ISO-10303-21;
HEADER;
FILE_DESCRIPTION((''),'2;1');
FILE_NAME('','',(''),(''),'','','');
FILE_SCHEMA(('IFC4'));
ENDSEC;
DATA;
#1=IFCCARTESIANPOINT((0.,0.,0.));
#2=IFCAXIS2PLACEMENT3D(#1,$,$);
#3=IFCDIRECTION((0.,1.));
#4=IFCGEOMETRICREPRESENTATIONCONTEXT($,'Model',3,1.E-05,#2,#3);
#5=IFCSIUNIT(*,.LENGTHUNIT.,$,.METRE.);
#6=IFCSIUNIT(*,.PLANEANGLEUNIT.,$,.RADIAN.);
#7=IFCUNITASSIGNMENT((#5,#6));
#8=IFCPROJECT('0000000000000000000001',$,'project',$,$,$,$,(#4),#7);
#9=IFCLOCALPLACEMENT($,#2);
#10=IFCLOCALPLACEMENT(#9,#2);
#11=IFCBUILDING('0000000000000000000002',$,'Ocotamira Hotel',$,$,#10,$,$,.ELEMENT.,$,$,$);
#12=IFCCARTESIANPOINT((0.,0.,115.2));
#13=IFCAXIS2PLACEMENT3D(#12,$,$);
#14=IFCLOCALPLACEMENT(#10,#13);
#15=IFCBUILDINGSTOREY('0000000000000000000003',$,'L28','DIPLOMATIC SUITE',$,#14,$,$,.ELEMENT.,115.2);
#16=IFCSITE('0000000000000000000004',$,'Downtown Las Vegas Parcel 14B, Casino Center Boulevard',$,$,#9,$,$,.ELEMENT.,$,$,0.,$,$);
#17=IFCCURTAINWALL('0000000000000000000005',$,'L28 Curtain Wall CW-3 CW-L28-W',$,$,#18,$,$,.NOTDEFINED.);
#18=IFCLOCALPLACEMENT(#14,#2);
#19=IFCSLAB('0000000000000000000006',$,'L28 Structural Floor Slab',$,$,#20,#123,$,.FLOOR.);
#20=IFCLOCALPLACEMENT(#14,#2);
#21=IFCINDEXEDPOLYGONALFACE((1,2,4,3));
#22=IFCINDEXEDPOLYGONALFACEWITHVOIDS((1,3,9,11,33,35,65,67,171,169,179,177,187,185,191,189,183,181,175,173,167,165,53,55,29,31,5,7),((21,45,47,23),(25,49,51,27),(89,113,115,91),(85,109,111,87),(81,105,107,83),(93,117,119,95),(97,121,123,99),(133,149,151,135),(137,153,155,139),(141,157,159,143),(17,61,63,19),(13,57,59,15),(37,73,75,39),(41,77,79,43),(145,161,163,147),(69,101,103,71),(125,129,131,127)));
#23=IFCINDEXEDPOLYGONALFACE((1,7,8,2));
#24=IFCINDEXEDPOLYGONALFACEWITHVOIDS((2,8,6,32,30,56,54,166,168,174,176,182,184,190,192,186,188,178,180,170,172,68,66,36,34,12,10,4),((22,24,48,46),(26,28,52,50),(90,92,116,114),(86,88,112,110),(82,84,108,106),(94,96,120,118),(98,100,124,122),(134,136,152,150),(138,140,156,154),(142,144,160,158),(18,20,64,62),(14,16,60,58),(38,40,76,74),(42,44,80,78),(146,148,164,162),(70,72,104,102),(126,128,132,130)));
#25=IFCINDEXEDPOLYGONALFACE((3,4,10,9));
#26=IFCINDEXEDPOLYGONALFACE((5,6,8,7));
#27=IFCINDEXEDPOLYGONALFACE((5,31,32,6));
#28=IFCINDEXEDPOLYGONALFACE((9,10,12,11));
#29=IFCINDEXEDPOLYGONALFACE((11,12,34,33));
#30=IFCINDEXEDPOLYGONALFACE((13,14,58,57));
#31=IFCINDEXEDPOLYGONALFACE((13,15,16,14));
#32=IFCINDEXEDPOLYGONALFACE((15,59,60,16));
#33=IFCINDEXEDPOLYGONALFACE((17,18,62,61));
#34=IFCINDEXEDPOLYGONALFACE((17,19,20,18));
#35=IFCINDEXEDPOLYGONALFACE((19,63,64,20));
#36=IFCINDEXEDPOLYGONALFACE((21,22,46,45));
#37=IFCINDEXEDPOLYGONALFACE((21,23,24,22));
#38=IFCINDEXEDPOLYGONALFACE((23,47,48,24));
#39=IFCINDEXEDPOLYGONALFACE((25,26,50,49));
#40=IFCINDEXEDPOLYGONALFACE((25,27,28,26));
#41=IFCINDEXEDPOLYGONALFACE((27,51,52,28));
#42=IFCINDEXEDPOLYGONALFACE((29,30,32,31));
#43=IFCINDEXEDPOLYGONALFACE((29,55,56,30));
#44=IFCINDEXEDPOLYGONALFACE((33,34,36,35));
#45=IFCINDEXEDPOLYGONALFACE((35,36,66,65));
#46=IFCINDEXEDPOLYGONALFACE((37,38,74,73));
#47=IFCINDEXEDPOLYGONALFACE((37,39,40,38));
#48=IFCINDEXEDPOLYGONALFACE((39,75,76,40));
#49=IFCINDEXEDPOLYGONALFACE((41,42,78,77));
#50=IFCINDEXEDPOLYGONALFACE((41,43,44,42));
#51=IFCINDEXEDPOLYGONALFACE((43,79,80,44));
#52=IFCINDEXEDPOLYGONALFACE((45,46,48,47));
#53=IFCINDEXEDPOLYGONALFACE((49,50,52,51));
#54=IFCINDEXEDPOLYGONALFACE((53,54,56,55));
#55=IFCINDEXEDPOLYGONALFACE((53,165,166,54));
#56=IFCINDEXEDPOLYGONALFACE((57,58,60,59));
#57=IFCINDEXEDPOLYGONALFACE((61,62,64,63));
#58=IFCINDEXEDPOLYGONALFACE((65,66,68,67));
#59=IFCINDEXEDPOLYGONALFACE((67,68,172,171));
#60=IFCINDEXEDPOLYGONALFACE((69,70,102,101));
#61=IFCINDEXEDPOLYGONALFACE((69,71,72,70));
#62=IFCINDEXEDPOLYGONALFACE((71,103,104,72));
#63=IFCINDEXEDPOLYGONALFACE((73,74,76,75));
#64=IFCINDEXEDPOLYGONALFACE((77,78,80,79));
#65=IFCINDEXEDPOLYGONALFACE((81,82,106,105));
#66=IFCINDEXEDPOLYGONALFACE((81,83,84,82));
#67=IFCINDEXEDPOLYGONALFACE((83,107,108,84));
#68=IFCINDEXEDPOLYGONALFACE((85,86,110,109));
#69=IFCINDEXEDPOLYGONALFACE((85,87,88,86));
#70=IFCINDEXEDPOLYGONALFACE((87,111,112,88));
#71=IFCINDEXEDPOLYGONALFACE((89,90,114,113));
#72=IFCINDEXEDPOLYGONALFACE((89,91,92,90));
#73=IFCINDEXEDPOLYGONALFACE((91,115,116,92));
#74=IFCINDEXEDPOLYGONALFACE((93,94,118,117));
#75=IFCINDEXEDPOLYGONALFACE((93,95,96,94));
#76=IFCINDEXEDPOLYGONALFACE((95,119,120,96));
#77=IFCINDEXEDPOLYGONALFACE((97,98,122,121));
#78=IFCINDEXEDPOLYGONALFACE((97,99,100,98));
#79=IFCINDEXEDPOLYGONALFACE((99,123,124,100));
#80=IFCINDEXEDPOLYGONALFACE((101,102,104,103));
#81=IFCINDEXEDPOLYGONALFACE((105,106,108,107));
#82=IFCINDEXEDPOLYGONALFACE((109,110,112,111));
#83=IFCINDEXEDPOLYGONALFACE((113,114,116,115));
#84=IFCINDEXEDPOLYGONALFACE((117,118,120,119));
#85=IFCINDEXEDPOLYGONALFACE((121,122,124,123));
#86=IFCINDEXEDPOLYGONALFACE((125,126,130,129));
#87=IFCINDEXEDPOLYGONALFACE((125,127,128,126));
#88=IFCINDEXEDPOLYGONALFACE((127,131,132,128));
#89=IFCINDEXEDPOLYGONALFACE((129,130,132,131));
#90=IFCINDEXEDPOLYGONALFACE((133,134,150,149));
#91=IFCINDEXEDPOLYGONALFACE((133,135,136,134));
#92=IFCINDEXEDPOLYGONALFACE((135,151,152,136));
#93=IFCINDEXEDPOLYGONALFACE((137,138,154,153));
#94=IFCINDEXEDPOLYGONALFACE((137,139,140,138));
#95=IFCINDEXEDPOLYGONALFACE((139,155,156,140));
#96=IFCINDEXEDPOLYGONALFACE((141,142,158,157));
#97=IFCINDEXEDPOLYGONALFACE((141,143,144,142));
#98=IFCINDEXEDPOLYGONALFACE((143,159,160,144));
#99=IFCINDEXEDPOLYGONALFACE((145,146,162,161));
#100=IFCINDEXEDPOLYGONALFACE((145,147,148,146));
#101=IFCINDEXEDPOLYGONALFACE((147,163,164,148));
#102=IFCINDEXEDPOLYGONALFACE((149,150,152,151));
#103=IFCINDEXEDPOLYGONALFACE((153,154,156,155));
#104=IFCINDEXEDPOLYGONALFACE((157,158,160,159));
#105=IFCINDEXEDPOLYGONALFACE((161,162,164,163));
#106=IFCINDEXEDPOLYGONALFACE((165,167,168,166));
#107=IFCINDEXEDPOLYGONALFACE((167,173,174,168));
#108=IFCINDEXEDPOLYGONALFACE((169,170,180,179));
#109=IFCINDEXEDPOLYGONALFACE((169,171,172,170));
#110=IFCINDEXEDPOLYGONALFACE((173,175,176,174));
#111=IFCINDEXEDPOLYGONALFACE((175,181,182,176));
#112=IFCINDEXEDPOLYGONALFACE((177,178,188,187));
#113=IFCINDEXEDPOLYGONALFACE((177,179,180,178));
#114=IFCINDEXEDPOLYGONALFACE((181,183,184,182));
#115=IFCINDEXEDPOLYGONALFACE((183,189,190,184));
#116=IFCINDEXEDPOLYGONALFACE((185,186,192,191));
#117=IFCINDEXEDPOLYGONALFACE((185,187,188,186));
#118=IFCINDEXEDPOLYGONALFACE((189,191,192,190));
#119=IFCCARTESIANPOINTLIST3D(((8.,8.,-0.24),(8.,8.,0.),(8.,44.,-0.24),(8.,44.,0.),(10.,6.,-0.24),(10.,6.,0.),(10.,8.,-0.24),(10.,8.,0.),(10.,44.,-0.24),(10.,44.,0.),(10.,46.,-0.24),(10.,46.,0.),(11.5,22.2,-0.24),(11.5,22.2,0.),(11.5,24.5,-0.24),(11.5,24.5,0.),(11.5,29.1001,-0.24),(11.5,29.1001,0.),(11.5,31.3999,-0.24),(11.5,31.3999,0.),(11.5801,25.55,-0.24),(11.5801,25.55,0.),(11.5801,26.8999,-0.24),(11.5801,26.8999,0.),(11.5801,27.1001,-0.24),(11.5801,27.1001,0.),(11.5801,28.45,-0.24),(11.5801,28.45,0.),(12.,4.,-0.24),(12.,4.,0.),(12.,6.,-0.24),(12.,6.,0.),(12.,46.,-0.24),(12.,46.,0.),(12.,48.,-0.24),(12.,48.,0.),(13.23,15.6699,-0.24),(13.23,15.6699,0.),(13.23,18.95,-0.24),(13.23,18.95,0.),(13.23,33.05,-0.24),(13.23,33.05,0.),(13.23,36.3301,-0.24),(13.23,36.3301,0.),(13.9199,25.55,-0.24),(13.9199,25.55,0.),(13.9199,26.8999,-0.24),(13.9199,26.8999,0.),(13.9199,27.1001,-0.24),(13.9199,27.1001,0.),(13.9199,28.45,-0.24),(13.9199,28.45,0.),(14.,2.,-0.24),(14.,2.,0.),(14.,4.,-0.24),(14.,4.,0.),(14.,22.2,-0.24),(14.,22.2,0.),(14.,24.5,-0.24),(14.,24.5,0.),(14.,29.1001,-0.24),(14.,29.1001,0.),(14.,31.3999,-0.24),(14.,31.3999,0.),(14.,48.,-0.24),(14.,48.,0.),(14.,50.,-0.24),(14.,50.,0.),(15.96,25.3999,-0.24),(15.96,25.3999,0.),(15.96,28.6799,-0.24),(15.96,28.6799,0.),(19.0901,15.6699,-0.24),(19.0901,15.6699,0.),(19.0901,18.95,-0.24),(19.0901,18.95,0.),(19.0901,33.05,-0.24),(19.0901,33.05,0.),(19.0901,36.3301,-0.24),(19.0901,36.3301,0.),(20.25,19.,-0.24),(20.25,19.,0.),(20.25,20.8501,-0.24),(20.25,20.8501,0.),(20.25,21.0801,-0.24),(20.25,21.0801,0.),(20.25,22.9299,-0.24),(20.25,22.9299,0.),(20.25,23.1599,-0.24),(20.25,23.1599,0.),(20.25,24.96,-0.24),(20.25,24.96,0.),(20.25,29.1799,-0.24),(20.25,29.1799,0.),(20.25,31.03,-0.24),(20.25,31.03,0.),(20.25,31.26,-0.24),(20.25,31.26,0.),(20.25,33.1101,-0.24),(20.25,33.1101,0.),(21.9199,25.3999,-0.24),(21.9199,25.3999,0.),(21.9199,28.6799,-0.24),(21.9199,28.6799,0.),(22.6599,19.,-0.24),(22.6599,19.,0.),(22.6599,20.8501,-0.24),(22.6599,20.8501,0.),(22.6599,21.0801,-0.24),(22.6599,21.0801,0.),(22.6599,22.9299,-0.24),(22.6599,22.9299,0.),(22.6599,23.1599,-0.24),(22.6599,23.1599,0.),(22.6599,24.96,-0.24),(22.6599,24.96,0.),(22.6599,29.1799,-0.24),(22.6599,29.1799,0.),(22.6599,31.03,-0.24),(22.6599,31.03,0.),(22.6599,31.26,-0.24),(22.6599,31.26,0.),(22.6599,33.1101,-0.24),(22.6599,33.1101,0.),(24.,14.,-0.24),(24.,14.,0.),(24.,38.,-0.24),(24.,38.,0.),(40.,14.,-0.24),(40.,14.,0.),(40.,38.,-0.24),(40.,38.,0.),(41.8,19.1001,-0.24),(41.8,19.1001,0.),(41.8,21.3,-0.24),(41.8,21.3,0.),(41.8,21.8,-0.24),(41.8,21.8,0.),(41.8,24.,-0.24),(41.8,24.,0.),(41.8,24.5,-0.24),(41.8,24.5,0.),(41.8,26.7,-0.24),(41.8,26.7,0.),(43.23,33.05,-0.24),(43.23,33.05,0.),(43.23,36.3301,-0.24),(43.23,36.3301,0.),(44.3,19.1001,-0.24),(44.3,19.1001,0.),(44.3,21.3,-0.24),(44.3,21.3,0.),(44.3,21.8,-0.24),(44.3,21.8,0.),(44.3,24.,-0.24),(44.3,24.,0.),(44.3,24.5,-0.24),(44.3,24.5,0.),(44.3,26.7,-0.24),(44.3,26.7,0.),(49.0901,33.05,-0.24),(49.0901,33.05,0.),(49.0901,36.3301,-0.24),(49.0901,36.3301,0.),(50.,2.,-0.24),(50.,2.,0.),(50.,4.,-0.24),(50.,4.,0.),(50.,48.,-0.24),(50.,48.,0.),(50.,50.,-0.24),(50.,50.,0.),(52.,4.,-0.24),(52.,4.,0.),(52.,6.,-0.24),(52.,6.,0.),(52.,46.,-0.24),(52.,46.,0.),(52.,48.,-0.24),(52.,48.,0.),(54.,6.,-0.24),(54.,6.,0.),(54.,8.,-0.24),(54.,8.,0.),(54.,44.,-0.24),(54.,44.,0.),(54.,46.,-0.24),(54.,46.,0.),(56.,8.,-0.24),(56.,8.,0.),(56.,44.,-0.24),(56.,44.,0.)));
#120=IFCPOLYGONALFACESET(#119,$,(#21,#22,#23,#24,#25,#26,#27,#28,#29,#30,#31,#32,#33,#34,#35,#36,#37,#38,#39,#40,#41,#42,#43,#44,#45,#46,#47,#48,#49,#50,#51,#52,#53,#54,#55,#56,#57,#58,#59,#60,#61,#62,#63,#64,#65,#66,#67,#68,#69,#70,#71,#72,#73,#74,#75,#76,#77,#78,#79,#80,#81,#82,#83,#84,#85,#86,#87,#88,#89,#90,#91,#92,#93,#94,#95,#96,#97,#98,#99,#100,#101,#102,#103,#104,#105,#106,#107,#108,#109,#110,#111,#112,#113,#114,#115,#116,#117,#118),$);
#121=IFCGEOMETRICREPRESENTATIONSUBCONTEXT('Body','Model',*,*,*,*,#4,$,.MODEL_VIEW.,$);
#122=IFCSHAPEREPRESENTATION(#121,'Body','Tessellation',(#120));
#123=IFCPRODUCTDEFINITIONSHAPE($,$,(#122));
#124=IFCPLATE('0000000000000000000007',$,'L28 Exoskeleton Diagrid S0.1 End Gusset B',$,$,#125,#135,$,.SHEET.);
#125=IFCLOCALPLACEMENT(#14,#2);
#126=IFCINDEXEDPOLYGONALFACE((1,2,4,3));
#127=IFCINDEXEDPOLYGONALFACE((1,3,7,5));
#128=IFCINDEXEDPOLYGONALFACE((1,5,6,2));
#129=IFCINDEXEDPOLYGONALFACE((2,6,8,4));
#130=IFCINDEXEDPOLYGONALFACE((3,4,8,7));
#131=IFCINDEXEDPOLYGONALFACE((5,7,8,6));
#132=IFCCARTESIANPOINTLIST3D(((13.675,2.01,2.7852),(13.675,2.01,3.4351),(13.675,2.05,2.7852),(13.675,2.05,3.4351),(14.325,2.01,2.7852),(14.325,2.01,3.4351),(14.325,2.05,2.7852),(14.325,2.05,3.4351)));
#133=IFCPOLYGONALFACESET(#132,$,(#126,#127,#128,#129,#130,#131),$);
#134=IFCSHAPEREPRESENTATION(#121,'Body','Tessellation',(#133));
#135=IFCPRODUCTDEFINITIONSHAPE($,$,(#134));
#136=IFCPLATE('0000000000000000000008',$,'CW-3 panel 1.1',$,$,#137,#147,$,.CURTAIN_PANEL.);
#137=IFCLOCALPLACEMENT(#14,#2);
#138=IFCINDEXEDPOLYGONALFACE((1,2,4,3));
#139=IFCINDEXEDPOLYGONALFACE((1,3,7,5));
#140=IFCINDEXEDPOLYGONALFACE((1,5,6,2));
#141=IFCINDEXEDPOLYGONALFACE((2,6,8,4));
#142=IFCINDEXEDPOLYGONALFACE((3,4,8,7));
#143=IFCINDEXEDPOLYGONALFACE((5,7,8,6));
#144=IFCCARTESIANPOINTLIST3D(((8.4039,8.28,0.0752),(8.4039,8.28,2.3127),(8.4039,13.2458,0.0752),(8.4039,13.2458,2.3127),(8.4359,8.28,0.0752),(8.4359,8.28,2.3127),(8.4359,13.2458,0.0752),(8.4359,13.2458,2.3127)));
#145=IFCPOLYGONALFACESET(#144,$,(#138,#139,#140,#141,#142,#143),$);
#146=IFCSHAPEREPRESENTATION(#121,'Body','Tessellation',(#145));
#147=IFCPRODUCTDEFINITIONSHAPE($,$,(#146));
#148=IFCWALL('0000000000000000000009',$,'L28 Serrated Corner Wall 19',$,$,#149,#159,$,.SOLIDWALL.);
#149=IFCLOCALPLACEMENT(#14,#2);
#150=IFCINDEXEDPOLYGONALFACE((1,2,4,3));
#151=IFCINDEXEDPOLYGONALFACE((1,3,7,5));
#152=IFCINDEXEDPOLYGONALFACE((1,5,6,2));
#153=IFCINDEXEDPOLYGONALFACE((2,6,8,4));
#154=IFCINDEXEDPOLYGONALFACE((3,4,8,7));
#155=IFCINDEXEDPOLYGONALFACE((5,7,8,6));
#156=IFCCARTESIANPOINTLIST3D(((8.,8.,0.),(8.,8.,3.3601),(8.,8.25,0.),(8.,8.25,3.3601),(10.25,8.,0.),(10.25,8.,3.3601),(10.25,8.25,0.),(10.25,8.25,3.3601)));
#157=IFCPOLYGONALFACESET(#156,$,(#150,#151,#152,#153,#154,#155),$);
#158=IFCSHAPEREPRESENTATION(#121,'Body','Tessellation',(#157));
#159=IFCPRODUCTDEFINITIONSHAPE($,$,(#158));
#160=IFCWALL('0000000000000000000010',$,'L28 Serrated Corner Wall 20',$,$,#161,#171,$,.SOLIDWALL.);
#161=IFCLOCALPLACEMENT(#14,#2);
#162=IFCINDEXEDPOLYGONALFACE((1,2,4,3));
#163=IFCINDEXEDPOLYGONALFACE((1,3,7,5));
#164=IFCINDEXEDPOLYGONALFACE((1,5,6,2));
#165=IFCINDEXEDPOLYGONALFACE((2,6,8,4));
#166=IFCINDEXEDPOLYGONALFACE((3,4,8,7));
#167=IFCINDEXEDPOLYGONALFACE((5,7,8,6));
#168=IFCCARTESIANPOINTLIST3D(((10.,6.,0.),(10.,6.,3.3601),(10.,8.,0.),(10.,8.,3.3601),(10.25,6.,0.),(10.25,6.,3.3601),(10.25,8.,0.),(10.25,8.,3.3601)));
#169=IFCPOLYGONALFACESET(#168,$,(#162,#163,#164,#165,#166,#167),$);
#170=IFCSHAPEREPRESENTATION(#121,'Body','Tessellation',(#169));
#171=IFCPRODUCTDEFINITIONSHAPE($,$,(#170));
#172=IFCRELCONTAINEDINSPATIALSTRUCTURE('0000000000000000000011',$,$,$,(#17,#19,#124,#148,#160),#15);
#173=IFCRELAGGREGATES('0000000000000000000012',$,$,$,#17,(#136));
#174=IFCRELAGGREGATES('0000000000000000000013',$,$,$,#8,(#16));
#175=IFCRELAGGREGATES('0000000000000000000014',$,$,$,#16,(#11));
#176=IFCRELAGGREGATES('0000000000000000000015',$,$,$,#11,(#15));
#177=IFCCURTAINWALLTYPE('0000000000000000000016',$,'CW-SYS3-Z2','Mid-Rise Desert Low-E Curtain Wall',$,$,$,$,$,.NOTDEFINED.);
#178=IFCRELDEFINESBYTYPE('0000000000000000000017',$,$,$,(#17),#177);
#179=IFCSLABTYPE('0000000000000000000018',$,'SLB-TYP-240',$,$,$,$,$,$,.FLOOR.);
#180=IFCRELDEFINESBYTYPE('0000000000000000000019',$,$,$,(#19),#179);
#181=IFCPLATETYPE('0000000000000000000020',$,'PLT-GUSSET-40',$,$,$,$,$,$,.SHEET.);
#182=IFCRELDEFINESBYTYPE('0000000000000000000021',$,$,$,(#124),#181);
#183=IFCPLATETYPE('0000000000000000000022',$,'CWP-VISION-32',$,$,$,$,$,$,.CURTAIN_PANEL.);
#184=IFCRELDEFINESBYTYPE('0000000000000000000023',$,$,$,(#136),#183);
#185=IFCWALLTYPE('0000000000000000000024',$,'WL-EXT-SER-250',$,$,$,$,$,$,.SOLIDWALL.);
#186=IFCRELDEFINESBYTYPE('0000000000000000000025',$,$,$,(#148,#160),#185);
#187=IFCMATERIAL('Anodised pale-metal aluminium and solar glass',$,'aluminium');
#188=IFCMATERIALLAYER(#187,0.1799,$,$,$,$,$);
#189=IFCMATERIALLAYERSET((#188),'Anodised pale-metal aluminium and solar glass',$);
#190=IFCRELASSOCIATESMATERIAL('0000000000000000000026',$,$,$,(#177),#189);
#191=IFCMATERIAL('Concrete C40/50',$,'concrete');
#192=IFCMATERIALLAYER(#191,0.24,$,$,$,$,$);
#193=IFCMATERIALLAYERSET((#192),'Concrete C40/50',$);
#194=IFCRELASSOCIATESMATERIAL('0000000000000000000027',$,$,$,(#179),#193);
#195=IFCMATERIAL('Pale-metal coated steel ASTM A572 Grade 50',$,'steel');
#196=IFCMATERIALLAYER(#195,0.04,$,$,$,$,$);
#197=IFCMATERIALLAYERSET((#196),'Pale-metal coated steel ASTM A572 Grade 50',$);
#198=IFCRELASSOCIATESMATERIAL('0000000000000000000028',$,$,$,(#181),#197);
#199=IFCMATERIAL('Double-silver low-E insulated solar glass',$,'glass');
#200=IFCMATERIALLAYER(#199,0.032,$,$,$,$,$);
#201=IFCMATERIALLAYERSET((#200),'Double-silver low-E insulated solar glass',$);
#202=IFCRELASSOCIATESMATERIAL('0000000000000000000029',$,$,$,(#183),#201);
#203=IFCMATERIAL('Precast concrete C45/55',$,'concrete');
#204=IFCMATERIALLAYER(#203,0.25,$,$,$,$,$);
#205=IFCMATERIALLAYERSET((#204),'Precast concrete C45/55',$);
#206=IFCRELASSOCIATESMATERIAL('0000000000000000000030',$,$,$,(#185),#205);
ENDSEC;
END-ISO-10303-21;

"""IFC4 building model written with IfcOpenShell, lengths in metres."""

from ifc_helpers import new_model, si_unit, direction, frame, frame_2d, origin, origin_2d, place, context, subcontext, project, spatial, polyline, rectangle, outline, extrude, source, transform, mapped, material, layer, layer_set, type_object, element, aggregate, save


model = new_model("IFC4")

# Units and contexts
model_context = context("Model", 3, precision=1e-05, world=origin(), true_north=direction((0.0, 1.0)))
body_context = subcontext(model_context, "Body", "Model", "MODEL_VIEW")
ifc_project = project(units=[si_unit("LENGTHUNIT", "METRE"), si_unit("PLANEANGLEUNIT", "RADIAN")], contexts=[model_context])

# Site, building, storey
site_placement = place(None, origin())
site = spatial("IfcSite", under=ifc_project, at=site_placement, Name="Downtown Las Vegas Parcel 14B, Casino Center Boulevard", CompositionType="ELEMENT", RefElevation=0.0)
building_placement = place(site_placement, origin())
building = spatial("IfcBuilding", under=site, at=building_placement, Name="Ocotamira Hotel", CompositionType="ELEMENT")
storey_placement = place(building_placement, frame((0.0, 0.0, 115.2)))
storey = spatial("IfcBuildingStorey", under=building, at=storey_placement, Name="L28", Description="DIPLOMATIC SUITE", CompositionType="ELEMENT", Elevation=115.2)

# Curtain wall
ifc_material_1 = material(Name="Anodised pale-metal aluminium and solar glass", Category="aluminium")
ifc_layer_1 = layer(ifc_material_1, 0.1799)
ifc_layer_set_1 = layer_set([ifc_layer_1], Name="Anodised pale-metal aluminium and solar glass")
curtain_wall_type = type_object("IfcCurtainWallType", Name="CW-SYS3-Z2", Description="Mid-Rise Desert Low-E Curtain Wall", PredefinedType="NOTDEFINED", material=ifc_layer_set_1)
curtain_wall_1_placement = place(storey_placement, origin())
curtain_wall_1 = element("IfcCurtainWall", 1, at=curtain_wall_1_placement, inside=storey, type_object=curtain_wall_type, Name="L28 Curtain Wall CW-3 CW-L28-W", PredefinedType="NOTDEFINED")

# Shared definitions
ifc_material_2 = material(Name="Concrete C40/50", Category="concrete")

# Slab
ifc_layer_2 = layer(ifc_material_2, 0.24)
ifc_layer_set_2 = layer_set([ifc_layer_2], Name="Concrete C40/50")
slab_type_1 = type_object("IfcSlabType", Name="SLB-TYP-240", PredefinedType="FLOOR", material=ifc_layer_set_2)
slab_1_placement = place(storey_placement, frame((0.0, 0.0, -0.24)))
element("IfcSlab", 2, at=slab_1_placement, inside=storey, type_object=slab_type_1, Name="L28 Structural Floor Slab", PredefinedType="FLOOR", context=body_context, shape_type="SweptSolid", body=[
    extrude(outline(polyline([(14.0, 2.0), (50.0, 2.0), (50.0, 4.0), (52.0, 4.0), (52.0, 6.0), (54.0, 6.0), (54.0, 8.0), (56.0, 8.0), (56.0, 44.0), (54.0, 44.0), (54.0, 46.0), (52.0, 46.0), (52.0, 48.0), (50.0, 48.0), (50.0, 50.0), (14.0, 50.0), (14.0, 48.0), (12.0, 48.0), (12.0, 46.0), (10.0, 46.0), (10.0, 44.0), (8.0, 44.0), (8.0, 8.0), (10.0, 8.0), (10.0, 6.0), (12.0, 6.0), (12.0, 4.0), (14.0, 4.0), (14.0, 2.0)]), holes=[polyline([(24.0, 14.0), (40.0, 14.0), (40.0, 38.0), (24.0, 38.0), (24.0, 14.0)]), polyline([(13.23, 15.6699), (19.0901, 15.6699), (19.0901, 18.95), (13.23, 18.95), (13.23, 15.6699)]), polyline([(13.23, 33.05), (19.0901, 33.05), (19.0901, 36.3301), (13.23, 36.3301), (13.23, 33.05)]), polyline([(15.96, 25.3999), (21.9199, 25.3999), (21.9199, 28.6799), (15.96, 28.6799), (15.96, 25.3999)]), polyline([(43.23, 33.05), (49.0901, 33.05), (49.0901, 36.3301), (43.23, 36.3301), (43.23, 33.05)]), polyline([(41.8, 19.1001), (44.3, 19.1001), (44.3, 21.3), (41.8, 21.3), (41.8, 19.1001)]), polyline([(41.8, 21.8), (44.3, 21.8), (44.3, 24.0), (41.8, 24.0), (41.8, 21.8)]), polyline([(41.8, 24.5), (44.3, 24.5), (44.3, 26.7), (41.8, 26.7), (41.8, 24.5)]), polyline([(20.25, 19.0), (22.6599, 19.0), (22.6599, 20.8501), (20.25, 20.8501), (20.25, 19.0)]), polyline([(20.25, 21.0801), (22.6599, 21.0801), (22.6599, 22.9299), (20.25, 22.9299), (20.25, 21.0801)]), polyline([(20.25, 23.1599), (22.6599, 23.1599), (22.6599, 24.96), (20.25, 24.96), (20.25, 23.1599)]), polyline([(20.25, 29.1799), (22.6599, 29.1799), (22.6599, 31.03), (20.25, 31.03), (20.25, 29.1799)]), polyline([(20.25, 31.26), (22.6599, 31.26), (22.6599, 33.1101), (20.25, 33.1101), (20.25, 31.26)]), polyline([(11.5, 22.2), (14.0, 22.2), (14.0, 24.5), (11.5, 24.5), (11.5, 22.2)]), polyline([(11.5, 29.1001), (14.0, 29.1001), (14.0, 31.3999), (11.5, 31.3999), (11.5, 29.1001)]), polyline([(11.5801, 25.55), (13.9199, 25.55), (13.9199, 26.8999), (11.5801, 26.8999), (11.5801, 25.55)]), polyline([(11.5801, 27.1001), (13.9199, 27.1001), (13.9199, 28.45), (11.5801, 28.45), (11.5801, 27.1001)])]), origin(), (0.0, 0.0, 1.0), 0.24),
])

# Plates
ifc_material_3 = material(Name="Pale-metal coated steel ASTM A572 Grade 50", Category="steel")
ifc_layer_3 = layer(ifc_material_3, 0.04)
ifc_layer_set_3 = layer_set([ifc_layer_3], Name="Pale-metal coated steel ASTM A572 Grade 50")
plate_type_1 = type_object("IfcPlateType", Name="PLT-GUSSET-40", PredefinedType="SHEET", material=ifc_layer_set_3)
shared_shape_1 = source(origin(), body_context, "Body", "SweptSolid", [
    extrude(rectangle(XDim=0.6499, YDim=0.04, at=origin_2d()), origin(), (0.0, 0.0, 1.0), 0.6499),
])
plate_1_placement = place(storey_placement, frame((14.0, 2.03, 2.7852), z_axis=(0.0, 0.0, 1.0), x_axis=(-1.0, 0.0, 0.0)))
element("IfcPlate", 3, at=plate_1_placement, inside=storey, type_object=plate_type_1, Name="L28 Exoskeleton Diagrid S0.1 End Gusset B", PredefinedType="SHEET", context=body_context, shape_type="MappedRepresentation", body=[
    mapped(shared_shape_1, transform((0.0, 0.0, 0.0), scale=1.0)),
])
ifc_material_4 = material(Name="Double-silver low-E insulated solar glass", Category="glass")
ifc_layer_4 = layer(ifc_material_4, 0.032)
ifc_layer_set_4 = layer_set([ifc_layer_4], Name="Double-silver low-E insulated solar glass")
plate_type_2 = type_object("IfcPlateType", Name="CWP-VISION-32", PredefinedType="CURTAIN_PANEL", material=ifc_layer_set_4)
shared_shape_2 = source(origin(), body_context, "Body", "SweptSolid", [
    extrude(rectangle(XDim=4.9658, YDim=0.032, at=origin_2d()), origin(), (0.0, 0.0, 1.0), 2.2375),
])
plate_2_placement = place(storey_placement, frame((8.4199, 10.7629, 0.0752), z_axis=(0.0, 0.0, 1.0), x_axis=(0.0, 1.0, 0.0)))
plate_2 = element("IfcPlate", 4, at=plate_2_placement, type_object=plate_type_2, Name="CW-3 panel 1.1", PredefinedType="CURTAIN_PANEL", context=body_context, shape_type="MappedRepresentation", body=[
    mapped(shared_shape_2, transform((0.0, 0.0, 0.0), scale=1.0)),
])
aggregate(curtain_wall_1, [plate_2])

# Walls
ifc_material_5 = material(Name="Precast concrete C45/55", Category="concrete")
ifc_layer_5 = layer(ifc_material_5, 0.25)
ifc_layer_set_5 = layer_set([ifc_layer_5], Name="Precast concrete C45/55")
wall_type_1 = type_object("IfcWallType", Name="WL-EXT-SER-250", PredefinedType="SOLIDWALL", material=ifc_layer_set_5)
wall_1_placement = place(storey_placement, frame((8.0, 8.125, 0.0), z_axis=(0.0, 0.0, 1.0), x_axis=(1.0, 0.0, 0.0)))
element("IfcWall", 5, at=wall_1_placement, inside=storey, type_object=wall_type_1, Name="L28 Serrated Corner Wall 19", PredefinedType="SOLIDWALL", context=body_context, shape_type="SweptSolid", body=[
    extrude(rectangle(XDim=2.25, YDim=0.25, at=frame_2d((1.125, 0.0))), origin(), (0.0, 0.0, 1.0), 3.3601),
])
for number, where, z_axis, x_axis, name in (
    (6, (10.125, 8.0, 0.0), (0.0, 0.0, 1.0), (0.0, -1.0, 0.0), "L28 Serrated Corner Wall 20"),
):
    element("IfcWall", number, at=place(storey_placement, frame(where, z_axis=z_axis, x_axis=x_axis)), inside=storey, type_object=wall_type_1, Name=name, PredefinedType="SOLIDWALL", context=body_context, shape_type="SweptSolid", body=[
        extrude(rectangle(XDim=2.0, YDim=0.25, at=frame_2d((1.0, 0.0))), origin(), (0.0, 0.0, 1.0), 3.3601),
    ])

save(model, "model.ifc")
